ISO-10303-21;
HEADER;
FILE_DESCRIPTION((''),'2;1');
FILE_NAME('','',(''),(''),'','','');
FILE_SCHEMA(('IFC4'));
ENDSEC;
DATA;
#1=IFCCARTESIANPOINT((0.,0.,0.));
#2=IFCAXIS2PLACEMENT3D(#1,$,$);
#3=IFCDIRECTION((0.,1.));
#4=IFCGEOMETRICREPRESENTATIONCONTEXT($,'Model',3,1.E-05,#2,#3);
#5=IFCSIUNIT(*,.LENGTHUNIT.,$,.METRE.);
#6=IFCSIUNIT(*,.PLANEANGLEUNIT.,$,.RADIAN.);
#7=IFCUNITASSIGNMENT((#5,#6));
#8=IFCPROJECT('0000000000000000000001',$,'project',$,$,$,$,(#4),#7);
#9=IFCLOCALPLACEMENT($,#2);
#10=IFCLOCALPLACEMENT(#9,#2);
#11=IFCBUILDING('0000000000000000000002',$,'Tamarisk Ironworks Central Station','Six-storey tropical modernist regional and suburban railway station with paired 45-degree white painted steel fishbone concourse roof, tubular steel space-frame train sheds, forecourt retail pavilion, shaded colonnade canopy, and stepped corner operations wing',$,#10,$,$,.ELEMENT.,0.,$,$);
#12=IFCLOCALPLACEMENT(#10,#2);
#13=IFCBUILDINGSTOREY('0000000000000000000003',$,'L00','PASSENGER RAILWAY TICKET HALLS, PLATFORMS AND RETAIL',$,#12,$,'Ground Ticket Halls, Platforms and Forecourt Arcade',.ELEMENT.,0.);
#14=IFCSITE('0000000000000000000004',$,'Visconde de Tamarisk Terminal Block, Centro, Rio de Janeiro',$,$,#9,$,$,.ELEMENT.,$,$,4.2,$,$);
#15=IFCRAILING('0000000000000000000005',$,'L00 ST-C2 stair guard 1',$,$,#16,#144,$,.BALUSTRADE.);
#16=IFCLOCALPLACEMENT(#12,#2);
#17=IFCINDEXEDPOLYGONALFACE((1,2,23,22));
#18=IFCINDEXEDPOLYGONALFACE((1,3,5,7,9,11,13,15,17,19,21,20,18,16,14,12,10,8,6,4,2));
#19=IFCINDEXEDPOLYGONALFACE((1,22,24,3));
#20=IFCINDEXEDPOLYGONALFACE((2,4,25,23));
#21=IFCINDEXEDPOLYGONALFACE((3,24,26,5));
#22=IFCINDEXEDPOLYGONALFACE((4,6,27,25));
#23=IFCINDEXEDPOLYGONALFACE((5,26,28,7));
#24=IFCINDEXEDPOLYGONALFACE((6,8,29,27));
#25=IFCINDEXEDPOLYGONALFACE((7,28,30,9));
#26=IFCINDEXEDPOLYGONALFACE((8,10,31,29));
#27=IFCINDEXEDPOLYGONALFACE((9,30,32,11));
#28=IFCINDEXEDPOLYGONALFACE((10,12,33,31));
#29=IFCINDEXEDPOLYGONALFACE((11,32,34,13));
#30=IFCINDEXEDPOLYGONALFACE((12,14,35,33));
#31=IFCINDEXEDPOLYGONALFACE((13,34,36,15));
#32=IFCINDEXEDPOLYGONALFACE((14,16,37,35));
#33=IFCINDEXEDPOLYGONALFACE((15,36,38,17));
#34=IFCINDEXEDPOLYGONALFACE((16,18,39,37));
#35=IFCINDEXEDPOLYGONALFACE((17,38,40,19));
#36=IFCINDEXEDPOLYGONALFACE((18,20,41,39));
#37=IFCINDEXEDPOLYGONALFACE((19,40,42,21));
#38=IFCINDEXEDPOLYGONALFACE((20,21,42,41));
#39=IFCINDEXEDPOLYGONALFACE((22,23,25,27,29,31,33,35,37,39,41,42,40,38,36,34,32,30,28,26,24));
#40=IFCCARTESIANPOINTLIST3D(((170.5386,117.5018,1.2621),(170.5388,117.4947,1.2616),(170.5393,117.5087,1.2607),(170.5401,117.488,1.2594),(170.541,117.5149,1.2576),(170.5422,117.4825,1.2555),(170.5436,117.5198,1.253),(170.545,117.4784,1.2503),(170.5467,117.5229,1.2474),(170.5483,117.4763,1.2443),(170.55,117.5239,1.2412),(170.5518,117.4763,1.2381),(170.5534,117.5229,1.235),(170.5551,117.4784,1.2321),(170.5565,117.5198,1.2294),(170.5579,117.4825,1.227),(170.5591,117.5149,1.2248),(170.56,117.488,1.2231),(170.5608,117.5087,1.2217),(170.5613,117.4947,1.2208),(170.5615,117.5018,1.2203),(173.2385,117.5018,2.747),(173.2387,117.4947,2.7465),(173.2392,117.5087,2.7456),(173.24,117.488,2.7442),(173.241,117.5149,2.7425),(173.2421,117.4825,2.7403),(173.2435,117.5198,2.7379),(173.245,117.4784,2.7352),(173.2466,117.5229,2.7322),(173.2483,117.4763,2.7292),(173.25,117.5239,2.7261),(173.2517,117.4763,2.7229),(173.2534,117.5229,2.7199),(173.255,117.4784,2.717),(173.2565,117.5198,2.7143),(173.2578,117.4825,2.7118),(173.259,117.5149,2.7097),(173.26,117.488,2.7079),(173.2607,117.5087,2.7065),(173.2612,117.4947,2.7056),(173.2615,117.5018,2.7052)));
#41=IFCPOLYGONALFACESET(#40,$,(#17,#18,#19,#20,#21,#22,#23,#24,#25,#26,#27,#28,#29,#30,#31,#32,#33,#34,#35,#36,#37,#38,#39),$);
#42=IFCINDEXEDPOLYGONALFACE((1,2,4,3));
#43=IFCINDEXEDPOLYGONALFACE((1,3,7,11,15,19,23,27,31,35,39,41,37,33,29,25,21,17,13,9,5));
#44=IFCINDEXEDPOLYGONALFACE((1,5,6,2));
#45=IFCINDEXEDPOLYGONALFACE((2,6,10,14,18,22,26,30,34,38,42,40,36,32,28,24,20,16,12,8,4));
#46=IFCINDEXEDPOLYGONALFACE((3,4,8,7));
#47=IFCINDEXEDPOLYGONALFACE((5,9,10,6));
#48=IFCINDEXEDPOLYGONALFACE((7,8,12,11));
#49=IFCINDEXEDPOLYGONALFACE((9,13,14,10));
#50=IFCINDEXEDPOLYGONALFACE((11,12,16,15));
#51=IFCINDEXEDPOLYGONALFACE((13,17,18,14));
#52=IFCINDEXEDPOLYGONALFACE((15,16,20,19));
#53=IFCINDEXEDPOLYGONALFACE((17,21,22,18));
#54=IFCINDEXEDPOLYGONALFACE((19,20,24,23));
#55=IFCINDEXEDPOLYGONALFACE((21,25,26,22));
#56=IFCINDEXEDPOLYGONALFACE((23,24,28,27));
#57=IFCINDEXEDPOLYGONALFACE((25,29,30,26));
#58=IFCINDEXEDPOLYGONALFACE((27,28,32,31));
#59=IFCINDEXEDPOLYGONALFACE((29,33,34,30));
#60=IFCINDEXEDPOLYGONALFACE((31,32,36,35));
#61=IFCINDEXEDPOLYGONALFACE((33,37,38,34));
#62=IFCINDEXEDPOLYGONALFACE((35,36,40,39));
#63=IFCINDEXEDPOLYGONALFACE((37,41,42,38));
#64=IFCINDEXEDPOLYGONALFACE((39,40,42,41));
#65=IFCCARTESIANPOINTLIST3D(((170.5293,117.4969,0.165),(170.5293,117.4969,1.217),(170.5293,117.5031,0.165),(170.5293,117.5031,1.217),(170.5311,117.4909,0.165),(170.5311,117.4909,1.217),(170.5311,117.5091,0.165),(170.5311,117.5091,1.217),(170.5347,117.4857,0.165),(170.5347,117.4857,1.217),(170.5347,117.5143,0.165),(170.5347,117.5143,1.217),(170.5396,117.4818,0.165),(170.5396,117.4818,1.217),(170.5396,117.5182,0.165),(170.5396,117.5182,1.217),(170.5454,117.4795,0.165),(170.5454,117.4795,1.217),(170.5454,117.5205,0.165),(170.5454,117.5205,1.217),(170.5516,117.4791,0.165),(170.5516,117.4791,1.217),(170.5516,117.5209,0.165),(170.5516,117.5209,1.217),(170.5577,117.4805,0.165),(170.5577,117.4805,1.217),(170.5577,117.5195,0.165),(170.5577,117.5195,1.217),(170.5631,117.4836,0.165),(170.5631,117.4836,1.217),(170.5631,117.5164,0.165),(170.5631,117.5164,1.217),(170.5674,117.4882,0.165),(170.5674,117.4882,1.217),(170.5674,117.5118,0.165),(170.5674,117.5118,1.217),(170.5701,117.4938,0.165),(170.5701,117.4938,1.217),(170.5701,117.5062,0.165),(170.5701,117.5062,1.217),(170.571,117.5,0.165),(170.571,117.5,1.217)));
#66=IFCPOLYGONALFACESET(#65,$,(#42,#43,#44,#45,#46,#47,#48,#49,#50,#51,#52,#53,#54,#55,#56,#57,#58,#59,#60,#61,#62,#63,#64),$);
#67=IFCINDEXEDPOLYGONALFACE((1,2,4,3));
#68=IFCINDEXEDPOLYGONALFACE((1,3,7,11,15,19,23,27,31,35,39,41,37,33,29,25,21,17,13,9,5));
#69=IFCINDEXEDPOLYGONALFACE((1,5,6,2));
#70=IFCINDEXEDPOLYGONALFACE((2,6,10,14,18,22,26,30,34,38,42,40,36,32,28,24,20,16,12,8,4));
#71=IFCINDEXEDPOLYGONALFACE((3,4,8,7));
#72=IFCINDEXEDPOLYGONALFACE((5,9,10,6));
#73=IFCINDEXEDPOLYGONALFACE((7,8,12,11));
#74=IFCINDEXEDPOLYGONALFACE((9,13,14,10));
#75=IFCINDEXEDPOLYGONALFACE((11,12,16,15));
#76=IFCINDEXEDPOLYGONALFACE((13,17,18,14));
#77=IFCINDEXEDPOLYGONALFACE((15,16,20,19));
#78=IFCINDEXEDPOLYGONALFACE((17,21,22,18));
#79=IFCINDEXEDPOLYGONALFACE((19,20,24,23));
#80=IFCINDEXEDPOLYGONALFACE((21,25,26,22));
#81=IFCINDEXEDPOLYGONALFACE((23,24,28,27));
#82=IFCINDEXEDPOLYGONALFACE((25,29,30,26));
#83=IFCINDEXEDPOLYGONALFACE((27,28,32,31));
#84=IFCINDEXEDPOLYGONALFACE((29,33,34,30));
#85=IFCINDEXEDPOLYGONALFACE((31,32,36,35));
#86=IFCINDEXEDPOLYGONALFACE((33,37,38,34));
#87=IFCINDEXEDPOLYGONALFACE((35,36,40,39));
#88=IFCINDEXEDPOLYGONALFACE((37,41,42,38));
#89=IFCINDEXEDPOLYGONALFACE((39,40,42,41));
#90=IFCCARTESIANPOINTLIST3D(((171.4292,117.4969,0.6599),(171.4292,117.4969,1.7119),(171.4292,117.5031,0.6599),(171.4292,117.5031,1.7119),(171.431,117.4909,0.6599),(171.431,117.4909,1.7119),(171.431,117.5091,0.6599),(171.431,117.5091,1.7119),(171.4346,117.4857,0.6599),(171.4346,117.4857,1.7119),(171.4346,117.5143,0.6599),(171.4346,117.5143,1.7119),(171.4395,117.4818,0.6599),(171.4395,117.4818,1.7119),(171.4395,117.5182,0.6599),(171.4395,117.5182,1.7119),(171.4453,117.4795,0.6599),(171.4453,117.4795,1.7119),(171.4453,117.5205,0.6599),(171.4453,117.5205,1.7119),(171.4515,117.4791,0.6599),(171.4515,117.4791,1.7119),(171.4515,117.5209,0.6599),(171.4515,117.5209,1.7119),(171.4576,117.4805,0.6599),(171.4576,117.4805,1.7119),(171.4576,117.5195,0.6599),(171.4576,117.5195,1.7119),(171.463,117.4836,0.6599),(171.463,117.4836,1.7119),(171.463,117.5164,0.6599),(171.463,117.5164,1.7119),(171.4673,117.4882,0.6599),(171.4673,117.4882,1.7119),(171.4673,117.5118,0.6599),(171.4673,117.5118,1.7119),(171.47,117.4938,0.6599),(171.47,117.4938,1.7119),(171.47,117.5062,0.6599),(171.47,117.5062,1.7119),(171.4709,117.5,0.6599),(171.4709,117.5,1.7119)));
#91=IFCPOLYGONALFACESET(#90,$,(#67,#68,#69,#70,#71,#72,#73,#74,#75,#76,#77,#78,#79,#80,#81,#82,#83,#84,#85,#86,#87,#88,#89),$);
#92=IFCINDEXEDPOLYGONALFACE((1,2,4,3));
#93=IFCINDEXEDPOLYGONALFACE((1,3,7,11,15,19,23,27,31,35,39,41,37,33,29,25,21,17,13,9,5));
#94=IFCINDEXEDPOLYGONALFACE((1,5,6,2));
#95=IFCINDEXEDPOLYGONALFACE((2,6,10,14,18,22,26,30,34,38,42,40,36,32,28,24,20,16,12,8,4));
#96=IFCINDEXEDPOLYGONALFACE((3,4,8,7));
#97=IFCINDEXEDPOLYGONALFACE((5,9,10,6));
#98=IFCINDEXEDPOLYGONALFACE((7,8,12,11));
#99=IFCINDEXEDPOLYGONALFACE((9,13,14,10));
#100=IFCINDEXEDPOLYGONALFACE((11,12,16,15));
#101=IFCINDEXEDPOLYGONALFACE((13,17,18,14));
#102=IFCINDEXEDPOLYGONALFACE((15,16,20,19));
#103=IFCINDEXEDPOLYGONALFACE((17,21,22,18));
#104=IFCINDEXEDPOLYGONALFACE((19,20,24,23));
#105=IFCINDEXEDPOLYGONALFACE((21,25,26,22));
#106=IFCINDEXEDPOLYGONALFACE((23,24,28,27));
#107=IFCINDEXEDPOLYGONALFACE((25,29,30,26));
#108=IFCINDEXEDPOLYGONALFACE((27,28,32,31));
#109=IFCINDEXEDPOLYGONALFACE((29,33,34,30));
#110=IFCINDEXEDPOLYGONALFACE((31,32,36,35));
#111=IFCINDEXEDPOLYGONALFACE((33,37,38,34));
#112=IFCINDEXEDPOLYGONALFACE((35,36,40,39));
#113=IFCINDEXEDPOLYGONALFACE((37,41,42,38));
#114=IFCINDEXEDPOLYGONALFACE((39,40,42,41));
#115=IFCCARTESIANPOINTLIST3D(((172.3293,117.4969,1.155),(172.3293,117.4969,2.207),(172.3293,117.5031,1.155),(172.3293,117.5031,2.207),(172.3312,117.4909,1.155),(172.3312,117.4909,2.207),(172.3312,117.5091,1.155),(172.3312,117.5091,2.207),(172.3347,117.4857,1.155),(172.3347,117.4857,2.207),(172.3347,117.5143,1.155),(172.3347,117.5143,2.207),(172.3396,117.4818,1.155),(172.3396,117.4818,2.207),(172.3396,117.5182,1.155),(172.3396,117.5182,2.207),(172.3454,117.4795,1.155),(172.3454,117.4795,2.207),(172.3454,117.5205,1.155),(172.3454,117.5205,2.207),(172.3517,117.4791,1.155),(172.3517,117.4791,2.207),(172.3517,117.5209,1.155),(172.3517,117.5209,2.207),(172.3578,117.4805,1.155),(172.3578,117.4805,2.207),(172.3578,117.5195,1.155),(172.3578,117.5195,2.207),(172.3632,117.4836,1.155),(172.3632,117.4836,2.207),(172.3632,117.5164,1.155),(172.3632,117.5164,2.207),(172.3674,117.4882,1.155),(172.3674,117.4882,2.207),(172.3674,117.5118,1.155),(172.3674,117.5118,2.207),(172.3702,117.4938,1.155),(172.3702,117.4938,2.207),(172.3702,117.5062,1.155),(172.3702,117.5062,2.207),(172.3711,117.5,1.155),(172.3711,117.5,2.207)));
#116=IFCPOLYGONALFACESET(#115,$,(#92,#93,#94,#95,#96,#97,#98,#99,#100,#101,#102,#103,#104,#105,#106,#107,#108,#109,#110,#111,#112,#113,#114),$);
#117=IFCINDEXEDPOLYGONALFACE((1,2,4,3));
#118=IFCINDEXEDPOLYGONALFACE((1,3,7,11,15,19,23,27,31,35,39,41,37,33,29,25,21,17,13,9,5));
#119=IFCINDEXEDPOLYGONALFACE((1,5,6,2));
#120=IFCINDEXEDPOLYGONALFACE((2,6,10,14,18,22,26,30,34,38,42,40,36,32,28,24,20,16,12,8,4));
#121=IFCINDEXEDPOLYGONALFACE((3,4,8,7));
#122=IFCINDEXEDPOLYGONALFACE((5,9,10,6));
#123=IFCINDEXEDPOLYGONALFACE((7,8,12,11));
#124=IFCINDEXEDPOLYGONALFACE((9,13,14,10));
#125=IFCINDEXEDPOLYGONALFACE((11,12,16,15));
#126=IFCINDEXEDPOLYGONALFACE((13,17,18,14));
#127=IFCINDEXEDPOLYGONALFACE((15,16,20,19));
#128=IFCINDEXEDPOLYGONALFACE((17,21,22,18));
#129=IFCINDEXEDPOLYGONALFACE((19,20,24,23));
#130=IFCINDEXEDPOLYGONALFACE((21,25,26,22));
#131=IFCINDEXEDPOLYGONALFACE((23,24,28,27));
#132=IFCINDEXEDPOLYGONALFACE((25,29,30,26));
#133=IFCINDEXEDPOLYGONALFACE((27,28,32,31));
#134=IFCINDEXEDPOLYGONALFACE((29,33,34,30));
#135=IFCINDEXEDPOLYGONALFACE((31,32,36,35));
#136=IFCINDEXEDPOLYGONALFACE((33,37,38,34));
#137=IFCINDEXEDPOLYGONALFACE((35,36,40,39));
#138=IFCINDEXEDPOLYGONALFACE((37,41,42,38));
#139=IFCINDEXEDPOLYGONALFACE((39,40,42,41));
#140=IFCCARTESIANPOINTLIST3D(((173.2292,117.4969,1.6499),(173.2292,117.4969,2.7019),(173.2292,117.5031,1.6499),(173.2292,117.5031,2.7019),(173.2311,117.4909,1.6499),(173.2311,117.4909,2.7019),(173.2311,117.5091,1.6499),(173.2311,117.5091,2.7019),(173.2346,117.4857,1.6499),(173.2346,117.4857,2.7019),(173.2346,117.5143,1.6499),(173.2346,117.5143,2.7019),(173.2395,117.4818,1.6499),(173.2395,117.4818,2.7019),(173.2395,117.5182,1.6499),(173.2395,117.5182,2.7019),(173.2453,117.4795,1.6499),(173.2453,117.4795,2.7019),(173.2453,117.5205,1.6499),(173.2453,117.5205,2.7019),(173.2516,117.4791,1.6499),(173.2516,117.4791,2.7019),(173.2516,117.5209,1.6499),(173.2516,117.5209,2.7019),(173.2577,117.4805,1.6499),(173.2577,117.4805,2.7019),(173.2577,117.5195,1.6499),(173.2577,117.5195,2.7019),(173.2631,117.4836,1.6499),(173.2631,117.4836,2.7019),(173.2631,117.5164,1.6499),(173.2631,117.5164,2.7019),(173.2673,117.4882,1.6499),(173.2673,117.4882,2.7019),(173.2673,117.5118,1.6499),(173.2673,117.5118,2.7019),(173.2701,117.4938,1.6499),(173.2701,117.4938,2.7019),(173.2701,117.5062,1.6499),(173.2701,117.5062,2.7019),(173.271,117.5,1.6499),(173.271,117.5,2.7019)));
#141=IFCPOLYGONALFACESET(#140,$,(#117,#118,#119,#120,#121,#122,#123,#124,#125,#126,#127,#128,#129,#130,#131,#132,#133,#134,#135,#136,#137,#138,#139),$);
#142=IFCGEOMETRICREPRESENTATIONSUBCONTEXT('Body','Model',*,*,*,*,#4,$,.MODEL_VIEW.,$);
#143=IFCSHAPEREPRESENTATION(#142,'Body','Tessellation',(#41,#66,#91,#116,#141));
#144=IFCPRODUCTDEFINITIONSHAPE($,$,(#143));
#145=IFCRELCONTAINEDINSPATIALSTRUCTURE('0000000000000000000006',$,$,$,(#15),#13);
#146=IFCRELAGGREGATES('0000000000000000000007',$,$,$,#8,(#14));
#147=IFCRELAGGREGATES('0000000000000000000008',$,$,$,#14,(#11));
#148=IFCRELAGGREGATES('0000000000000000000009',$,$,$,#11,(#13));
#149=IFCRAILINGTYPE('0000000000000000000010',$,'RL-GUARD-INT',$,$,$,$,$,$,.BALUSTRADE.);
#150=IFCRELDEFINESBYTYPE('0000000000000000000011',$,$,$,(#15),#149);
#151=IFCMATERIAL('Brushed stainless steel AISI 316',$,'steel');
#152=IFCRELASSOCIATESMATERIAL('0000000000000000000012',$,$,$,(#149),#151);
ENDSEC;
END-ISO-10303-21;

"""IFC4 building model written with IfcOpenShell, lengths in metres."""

from ifc_helpers import new_model, si_unit, direction, frame, origin, origin_2d, place, context, subcontext, project, spatial, circle, extrude, material, type_object, element, save


model = new_model("IFC4")

# Units and contexts
model_context = context("Model", 3, precision=1e-05, world=origin(), true_north=direction((0.0, 1.0)))
body_context = subcontext(model_context, "Body", "Model", "MODEL_VIEW")
ifc_project = project(units=[si_unit("LENGTHUNIT", "METRE"), si_unit("PLANEANGLEUNIT", "RADIAN")], contexts=[model_context])

# Site, building, storey
site_placement = place(None, origin())
site = spatial("IfcSite", under=ifc_project, at=site_placement, Name="Visconde de Tamarisk Terminal Block, Centro, Rio de Janeiro", CompositionType="ELEMENT", RefElevation=4.2)
building_placement = place(site_placement, origin())
building = spatial("IfcBuilding", under=site, at=building_placement, Name="Tamarisk Ironworks Central Station", Description="Six-storey tropical modernist regional and suburban railway station with paired 45-degree white painted steel fishbone concourse roof, tubular steel space-frame train sheds, forecourt retail pavilion, shaded colonnade canopy, and stepped corner operations wing", CompositionType="ELEMENT", ElevationOfRefHeight=0.0)
storey_placement = place(building_placement, origin())
storey = spatial("IfcBuildingStorey", under=building, at=storey_placement, Name="L00", Description="PASSENGER RAILWAY TICKET HALLS, PLATFORMS AND RETAIL", LongName="Ground Ticket Halls, Platforms and Forecourt Arcade", CompositionType="ELEMENT", Elevation=0.0)

# Railing
ifc_material_1 = material(Name="Brushed stainless steel AISI 316", Category="steel")
railing_type_1 = type_object("IfcRailingType", Name="RL-GUARD-INT", PredefinedType="BALUSTRADE", material=ifc_material_1)
railing_1_placement = place(storey_placement, frame((170.55, 117.5, 0.165)))
element("IfcRailing", 1, at=railing_1_placement, inside=storey, type_object=railing_type_1, Name="L00 ST-C2 stair guard 1", PredefinedType="BALUSTRADE", context=body_context, shape_type="SweptSolid", body=[
    extrude(circle(Radius=0.0239, at=origin_2d()), frame((0.0, 0.0, 1.0762), z_axis=(0.876231, 0.0, 0.481891), x_axis=(0.0, 1.0, 0.0)), (0.0, 0.0, 1.0), 3.0813),
    extrude(circle(Radius=0.021, at=origin_2d()), origin(), (0.0, 0.0, 1.0), 1.052),
    extrude(circle(Radius=0.021, at=origin_2d()), frame((0.8999, 0.0, 0.4949)), (0.0, 0.0, 1.0), 1.052),
    extrude(circle(Radius=0.021, at=origin_2d()), frame((1.8, 0.0, 0.99)), (0.0, 0.0, 1.0), 1.052),
    extrude(circle(Radius=0.021, at=origin_2d()), frame((2.7, 0.0, 1.4849)), (0.0, 0.0, 1.0), 1.052),
])

save(model, "model.ifc")
